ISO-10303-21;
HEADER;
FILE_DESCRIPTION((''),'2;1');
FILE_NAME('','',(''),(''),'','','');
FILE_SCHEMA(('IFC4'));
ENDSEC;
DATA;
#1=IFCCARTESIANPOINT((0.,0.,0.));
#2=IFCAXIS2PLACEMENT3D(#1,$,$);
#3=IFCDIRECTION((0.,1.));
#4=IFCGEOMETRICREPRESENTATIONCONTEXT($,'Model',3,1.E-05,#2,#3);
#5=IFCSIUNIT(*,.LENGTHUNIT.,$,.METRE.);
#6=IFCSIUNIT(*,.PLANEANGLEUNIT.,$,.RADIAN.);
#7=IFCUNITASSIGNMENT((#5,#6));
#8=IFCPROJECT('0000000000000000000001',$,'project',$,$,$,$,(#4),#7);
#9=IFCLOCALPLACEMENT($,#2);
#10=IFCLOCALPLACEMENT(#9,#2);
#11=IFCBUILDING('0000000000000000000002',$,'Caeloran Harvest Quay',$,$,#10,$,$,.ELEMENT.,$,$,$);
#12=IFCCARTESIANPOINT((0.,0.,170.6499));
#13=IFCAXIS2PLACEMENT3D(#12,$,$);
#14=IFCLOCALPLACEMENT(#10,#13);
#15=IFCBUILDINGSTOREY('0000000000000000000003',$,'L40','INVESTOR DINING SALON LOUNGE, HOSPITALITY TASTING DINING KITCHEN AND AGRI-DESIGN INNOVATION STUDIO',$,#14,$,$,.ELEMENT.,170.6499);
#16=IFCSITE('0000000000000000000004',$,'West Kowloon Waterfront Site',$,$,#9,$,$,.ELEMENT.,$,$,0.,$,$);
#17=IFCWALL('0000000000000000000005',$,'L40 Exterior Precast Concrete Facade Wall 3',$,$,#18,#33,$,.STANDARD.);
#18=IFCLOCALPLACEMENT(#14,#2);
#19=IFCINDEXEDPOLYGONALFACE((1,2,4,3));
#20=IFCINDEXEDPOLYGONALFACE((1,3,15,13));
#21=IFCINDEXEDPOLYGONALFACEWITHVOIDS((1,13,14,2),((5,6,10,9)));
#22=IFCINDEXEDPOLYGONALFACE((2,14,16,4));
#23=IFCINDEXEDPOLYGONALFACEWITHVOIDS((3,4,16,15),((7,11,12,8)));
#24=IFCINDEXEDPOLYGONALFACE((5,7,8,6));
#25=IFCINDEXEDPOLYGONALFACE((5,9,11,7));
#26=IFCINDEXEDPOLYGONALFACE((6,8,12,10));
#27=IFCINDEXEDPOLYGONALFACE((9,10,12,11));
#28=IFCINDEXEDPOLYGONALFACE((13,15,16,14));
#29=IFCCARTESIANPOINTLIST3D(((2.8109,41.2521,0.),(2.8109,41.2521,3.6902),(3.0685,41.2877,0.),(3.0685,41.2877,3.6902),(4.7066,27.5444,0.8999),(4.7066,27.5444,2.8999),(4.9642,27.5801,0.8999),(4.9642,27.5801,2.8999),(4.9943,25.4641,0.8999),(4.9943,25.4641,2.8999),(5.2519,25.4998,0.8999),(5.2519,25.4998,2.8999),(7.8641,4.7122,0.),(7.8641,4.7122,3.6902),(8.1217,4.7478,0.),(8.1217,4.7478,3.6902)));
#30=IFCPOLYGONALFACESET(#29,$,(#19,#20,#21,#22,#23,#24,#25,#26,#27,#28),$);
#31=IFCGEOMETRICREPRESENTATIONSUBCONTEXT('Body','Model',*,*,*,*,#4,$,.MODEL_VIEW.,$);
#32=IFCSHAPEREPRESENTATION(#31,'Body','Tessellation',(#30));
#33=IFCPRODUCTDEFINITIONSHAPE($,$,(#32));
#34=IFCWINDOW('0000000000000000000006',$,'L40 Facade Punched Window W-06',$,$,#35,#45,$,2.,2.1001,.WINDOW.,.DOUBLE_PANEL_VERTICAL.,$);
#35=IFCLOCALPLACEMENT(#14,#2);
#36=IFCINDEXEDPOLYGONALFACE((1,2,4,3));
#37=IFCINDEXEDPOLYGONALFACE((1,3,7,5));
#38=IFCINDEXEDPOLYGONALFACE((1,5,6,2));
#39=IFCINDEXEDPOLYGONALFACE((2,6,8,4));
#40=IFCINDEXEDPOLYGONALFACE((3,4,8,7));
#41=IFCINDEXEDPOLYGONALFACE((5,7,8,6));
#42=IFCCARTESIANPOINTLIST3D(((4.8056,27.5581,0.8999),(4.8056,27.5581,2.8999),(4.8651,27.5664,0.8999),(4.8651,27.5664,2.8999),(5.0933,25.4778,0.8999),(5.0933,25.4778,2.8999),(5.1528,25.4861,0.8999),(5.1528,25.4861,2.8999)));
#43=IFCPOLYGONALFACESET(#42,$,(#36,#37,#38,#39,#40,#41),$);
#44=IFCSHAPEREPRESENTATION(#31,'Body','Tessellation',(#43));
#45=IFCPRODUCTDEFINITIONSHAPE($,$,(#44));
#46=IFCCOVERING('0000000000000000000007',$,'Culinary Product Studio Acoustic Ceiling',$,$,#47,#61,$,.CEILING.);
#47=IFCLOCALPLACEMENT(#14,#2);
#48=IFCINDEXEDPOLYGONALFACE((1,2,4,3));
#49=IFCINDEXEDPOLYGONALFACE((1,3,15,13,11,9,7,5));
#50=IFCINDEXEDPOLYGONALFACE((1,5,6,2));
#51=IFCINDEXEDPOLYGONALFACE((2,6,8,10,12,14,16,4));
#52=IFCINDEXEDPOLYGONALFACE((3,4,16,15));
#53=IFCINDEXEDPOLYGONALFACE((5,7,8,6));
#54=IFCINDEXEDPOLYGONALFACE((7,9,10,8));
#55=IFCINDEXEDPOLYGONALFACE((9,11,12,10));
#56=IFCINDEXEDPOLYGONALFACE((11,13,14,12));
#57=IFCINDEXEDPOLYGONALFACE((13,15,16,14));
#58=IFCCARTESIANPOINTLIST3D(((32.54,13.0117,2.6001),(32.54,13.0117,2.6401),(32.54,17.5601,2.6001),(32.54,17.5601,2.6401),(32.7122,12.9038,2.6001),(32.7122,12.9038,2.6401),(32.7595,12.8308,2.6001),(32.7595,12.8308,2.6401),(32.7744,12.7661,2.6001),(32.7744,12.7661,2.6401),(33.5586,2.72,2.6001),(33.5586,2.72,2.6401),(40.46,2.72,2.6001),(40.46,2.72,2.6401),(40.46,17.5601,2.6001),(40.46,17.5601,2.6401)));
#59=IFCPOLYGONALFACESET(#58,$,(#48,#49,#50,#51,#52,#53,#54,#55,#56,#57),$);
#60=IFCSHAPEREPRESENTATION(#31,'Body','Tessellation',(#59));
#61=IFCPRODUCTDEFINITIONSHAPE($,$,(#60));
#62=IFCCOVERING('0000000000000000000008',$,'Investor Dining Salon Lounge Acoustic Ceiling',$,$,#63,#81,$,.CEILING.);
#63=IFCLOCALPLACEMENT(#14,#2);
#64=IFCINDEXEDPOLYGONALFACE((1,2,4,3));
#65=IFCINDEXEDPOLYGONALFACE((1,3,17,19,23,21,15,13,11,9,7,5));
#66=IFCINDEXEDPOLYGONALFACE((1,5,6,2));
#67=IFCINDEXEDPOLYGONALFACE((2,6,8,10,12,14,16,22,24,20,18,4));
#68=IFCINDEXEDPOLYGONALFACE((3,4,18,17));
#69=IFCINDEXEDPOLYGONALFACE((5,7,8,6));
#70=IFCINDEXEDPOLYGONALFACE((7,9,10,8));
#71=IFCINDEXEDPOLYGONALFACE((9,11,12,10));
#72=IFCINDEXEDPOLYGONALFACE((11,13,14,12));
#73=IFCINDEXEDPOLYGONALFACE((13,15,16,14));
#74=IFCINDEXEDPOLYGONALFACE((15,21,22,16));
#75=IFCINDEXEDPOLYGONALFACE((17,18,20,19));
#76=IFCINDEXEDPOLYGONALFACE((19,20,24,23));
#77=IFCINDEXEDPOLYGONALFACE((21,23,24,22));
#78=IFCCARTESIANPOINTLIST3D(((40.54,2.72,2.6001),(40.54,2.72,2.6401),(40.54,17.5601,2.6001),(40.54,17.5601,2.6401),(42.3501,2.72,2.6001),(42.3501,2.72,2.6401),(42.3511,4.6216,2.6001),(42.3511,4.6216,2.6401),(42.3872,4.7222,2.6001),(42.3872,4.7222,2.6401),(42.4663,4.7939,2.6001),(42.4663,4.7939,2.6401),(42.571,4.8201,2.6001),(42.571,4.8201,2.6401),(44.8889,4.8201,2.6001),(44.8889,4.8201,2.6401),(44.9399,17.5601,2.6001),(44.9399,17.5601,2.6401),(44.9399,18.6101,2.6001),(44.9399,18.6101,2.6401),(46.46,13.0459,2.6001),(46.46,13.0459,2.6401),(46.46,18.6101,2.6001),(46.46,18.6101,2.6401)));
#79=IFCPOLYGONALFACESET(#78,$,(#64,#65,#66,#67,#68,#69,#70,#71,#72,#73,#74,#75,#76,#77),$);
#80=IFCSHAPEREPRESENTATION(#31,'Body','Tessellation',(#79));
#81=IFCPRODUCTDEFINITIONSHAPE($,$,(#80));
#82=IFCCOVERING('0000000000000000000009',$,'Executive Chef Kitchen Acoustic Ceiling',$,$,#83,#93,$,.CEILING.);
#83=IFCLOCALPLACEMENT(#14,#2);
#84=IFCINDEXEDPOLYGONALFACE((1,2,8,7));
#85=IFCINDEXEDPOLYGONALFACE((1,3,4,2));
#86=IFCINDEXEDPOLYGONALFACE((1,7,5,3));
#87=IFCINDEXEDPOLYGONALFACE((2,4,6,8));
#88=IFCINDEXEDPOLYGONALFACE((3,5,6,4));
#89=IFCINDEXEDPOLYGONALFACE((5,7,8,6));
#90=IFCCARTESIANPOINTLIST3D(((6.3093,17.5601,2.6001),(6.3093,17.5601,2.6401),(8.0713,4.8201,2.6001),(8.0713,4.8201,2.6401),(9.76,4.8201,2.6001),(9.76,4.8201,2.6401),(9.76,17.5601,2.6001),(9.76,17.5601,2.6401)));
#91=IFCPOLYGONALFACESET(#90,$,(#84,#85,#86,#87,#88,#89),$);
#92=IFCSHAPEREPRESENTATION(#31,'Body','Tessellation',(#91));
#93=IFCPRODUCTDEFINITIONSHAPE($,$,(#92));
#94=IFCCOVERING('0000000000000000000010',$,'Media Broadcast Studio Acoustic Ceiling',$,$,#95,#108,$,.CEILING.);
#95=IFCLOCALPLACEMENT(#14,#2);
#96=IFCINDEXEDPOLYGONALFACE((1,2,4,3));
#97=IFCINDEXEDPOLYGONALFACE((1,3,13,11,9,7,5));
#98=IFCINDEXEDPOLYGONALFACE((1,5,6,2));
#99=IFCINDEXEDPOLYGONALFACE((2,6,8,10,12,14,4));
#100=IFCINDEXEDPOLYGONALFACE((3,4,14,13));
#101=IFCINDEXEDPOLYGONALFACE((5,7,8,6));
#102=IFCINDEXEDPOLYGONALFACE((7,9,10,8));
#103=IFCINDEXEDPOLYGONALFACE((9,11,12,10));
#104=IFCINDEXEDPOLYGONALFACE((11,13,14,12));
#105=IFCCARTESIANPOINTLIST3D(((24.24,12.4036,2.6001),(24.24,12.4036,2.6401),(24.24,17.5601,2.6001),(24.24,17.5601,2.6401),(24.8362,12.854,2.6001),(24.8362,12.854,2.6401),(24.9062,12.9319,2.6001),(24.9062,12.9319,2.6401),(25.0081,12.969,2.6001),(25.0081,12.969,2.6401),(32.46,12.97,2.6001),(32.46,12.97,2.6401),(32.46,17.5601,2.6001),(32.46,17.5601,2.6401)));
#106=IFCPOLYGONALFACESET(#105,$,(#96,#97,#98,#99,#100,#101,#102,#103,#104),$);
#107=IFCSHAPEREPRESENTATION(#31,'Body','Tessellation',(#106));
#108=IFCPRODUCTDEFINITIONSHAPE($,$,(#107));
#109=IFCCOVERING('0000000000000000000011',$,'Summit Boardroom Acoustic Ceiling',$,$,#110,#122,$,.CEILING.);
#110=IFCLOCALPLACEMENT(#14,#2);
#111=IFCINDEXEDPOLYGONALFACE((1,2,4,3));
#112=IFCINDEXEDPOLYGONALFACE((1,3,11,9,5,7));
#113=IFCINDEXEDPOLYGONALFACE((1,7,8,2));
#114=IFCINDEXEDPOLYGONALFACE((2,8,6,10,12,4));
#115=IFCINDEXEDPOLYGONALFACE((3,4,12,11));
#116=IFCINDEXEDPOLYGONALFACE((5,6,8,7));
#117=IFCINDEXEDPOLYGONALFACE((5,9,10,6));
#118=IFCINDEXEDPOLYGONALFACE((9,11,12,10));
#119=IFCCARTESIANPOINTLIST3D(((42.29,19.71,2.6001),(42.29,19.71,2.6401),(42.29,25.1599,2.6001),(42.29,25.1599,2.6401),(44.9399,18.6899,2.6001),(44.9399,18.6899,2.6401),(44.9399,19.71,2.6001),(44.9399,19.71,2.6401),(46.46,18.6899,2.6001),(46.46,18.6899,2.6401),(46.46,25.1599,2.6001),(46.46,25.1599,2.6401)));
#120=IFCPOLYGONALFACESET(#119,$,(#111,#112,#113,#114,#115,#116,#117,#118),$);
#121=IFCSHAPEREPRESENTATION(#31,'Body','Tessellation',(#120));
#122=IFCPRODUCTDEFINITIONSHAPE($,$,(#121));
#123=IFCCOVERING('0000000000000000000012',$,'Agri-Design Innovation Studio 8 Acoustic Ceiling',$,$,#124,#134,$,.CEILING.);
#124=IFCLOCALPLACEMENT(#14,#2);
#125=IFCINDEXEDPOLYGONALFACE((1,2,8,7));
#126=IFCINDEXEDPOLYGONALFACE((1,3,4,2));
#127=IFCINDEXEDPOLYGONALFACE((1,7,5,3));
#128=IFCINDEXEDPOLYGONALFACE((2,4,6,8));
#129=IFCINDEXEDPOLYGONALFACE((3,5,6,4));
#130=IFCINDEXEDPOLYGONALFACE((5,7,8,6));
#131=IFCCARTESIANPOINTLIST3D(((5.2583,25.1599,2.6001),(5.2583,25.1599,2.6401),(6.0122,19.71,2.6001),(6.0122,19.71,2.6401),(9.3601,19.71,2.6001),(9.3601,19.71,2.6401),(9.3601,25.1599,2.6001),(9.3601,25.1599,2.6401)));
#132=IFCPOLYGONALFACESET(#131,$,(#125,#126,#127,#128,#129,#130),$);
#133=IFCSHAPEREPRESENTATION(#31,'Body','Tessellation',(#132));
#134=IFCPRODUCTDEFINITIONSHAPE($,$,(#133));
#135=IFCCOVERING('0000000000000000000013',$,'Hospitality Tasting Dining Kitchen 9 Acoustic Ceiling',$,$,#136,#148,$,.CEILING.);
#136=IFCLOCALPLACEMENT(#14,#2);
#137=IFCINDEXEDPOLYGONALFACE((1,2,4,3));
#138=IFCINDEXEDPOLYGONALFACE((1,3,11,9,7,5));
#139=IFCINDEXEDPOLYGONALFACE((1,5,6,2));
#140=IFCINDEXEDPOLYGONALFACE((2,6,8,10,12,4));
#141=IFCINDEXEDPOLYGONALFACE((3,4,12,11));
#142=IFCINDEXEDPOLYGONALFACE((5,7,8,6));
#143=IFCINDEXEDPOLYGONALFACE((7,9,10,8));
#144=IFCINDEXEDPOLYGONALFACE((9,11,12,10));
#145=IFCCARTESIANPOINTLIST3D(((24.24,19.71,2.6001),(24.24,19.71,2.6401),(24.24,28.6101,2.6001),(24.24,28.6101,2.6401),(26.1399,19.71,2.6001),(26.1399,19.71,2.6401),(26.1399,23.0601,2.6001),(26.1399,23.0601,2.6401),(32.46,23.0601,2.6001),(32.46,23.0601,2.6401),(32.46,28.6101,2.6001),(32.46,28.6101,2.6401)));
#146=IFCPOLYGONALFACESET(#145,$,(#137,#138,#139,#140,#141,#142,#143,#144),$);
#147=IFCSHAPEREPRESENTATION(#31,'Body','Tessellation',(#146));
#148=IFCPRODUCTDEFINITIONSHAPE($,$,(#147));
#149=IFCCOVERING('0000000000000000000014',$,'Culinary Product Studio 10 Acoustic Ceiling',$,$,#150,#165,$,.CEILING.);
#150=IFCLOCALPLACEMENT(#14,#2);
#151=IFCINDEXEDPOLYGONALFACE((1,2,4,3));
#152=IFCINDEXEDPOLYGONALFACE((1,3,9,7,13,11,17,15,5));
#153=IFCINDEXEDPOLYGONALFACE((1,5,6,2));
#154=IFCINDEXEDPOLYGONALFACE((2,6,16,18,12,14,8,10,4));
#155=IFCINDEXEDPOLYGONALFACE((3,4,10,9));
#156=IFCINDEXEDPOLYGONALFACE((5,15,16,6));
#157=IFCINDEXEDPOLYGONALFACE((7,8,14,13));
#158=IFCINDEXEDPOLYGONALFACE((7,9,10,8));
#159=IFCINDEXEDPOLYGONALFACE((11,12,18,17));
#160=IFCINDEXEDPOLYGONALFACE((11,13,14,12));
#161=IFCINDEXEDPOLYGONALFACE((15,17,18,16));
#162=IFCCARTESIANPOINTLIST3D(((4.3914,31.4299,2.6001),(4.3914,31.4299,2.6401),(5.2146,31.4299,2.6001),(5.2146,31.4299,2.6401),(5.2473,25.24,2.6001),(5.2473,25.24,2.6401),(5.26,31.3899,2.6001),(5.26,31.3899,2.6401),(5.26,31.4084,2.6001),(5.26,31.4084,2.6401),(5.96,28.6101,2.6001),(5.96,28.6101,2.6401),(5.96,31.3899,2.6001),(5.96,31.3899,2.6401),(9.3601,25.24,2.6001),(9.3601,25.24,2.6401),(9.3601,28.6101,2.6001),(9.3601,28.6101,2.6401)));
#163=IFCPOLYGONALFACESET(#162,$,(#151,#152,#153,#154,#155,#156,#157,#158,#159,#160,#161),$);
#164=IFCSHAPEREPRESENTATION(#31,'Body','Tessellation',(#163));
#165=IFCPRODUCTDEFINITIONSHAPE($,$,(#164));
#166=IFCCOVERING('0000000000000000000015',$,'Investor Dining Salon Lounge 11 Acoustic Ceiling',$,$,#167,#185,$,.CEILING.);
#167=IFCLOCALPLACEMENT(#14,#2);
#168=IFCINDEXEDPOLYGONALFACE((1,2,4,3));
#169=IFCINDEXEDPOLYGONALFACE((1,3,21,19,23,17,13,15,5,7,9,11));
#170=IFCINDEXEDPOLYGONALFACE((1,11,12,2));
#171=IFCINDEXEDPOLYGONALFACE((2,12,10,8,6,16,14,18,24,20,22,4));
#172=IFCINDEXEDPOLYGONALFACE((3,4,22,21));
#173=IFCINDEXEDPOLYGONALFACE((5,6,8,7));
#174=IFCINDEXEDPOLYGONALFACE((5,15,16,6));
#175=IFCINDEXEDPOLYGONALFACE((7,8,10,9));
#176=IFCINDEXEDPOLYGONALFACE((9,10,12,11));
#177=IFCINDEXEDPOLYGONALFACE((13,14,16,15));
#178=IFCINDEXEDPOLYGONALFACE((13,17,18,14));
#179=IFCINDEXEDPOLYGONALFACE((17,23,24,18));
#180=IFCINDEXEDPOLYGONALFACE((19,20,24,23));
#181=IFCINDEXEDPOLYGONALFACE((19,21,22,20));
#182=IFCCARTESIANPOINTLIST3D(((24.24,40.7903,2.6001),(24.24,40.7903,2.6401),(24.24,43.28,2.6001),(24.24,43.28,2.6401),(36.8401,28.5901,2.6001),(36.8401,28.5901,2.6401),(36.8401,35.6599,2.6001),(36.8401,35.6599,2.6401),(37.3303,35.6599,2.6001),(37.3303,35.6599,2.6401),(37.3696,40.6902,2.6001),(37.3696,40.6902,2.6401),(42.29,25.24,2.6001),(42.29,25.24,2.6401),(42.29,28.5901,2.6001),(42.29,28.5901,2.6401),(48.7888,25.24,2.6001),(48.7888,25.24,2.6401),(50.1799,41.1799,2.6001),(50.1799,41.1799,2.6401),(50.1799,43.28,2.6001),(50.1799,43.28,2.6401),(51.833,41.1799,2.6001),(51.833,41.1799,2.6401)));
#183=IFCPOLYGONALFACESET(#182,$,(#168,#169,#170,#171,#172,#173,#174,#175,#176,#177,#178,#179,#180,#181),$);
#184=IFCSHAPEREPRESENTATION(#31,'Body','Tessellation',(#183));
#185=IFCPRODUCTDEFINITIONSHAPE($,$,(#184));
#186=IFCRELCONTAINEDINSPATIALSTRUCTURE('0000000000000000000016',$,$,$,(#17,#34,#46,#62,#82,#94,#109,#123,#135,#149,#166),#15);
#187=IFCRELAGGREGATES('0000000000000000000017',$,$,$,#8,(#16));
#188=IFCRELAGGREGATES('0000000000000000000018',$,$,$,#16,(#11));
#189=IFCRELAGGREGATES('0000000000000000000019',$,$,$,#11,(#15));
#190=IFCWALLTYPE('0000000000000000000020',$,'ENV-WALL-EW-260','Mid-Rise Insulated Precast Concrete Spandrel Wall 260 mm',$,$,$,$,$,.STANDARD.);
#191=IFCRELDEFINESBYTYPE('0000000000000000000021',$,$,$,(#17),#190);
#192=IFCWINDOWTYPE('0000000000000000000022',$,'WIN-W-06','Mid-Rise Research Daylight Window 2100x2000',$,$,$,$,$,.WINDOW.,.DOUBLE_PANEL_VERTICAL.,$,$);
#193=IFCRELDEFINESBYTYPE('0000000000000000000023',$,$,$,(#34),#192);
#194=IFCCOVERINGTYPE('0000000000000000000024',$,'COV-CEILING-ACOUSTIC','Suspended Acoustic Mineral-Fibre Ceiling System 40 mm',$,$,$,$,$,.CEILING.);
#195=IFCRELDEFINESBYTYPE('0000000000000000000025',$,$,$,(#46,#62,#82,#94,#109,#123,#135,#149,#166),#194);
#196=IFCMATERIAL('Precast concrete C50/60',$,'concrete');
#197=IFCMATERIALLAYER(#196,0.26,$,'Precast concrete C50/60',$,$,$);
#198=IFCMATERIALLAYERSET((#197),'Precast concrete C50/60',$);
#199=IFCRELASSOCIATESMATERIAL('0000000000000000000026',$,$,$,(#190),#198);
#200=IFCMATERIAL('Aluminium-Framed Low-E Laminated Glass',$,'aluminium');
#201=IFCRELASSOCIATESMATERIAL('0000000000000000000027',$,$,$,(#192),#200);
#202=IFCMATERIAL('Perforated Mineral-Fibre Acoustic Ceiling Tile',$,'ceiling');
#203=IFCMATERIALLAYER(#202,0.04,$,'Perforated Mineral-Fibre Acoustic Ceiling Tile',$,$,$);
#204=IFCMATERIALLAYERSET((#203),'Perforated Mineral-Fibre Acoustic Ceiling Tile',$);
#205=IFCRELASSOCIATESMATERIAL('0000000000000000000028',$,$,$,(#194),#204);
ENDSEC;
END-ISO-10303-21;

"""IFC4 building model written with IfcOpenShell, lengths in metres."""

from ifc_helpers import new_model, si_unit, direction, frame, frame_2d, origin, place, context, subcontext, project, spatial, polyline, rectangle, outline, extrude, material, layer, layer_set, type_object, element, fill, save


model = new_model("IFC4")

# Units and contexts
model_context = context("Model", 3, precision=1e-05, world=origin(), true_north=direction((0.0, 1.0)))
body_context = subcontext(model_context, "Body", "Model", "MODEL_VIEW")
ifc_project = project(units=[si_unit("LENGTHUNIT", "METRE"), si_unit("PLANEANGLEUNIT", "RADIAN")], contexts=[model_context])

# Site, building, storey
site_placement = place(None, origin())
site = spatial("IfcSite", under=ifc_project, at=site_placement, Name="West Kowloon Waterfront Site", CompositionType="ELEMENT", RefElevation=0.0)
building_placement = place(site_placement, origin())
building = spatial("IfcBuilding", under=site, at=building_placement, Name="Caeloran Harvest Quay", CompositionType="ELEMENT")
storey_placement = place(building_placement, frame((0.0, 0.0, 170.6499)))
storey = spatial("IfcBuildingStorey", under=building, at=storey_placement, Name="L40", Description="INVESTOR DINING SALON LOUNGE, HOSPITALITY TASTING DINING KITCHEN AND AGRI-DESIGN INNOVATION STUDIO", CompositionType="ELEMENT", Elevation=170.6499)

# Wall, opening, window
ifc_material_1 = material(Name="Precast concrete C50/60", Category="concrete")
ifc_layer_1 = layer(ifc_material_1, 0.26, Name="Precast concrete C50/60")
ifc_layer_set_1 = layer_set([ifc_layer_1], Name="Precast concrete C50/60")
wall_type_1 = type_object("IfcWallType", Name="ENV-WALL-EW-260", Description="Mid-Rise Insulated Precast Concrete Spandrel Wall 260 mm", PredefinedType="STANDARD", material=ifc_layer_set_1)
wall_1_placement = place(storey_placement, frame((7.9929, 4.73, 0.0), z_axis=(0.0, 0.0, 1.0), x_axis=(-0.136989, 0.990573, 0.0)))
wall_1 = element("IfcWall", 1, at=wall_1_placement, inside=storey, type_object=wall_type_1, Name="L40 Exterior Precast Concrete Facade Wall 3", PredefinedType="STANDARD", context=body_context, shape_type="SweptSolid", body=[
    extrude(rectangle(XDim=36.8877, YDim=0.26, at=frame_2d((18.4438, 0.0))), origin(), (0.0, 0.0, 1.0), 3.6902),
])
opening_1_placement = place(wall_1_placement, frame((20.9495, 0.0, 0.8999)))
opening_1 = element("IfcOpeningElement", 2, at=opening_1_placement, cuts=wall_1, PredefinedType="OPENING", context=body_context, shape_type="SweptSolid", body=[
    extrude(rectangle(XDim=2.1001, YDim=2.0, at=frame_2d((1.05, 1.0))), frame((0.0, 0.1401, 0.0), z_axis=(0.0, -1.0, 0.0), x_axis=(1.0, 0.0, 0.0)), (0.0, 0.0, 1.0), 0.28),
])
ifc_material_2 = material(Name="Aluminium-Framed Low-E Laminated Glass", Category="aluminium")
window_type = type_object("IfcWindowType", Name="WIN-W-06", Description="Mid-Rise Research Daylight Window 2100x2000", PartitioningType="DOUBLE_PANEL_VERTICAL", PredefinedType="WINDOW", material=ifc_material_2)
window_placement = place(opening_1_placement, origin())
window = element("IfcWindow", 3, at=window_placement, inside=storey, type_object=window_type, Name="L40 Facade Punched Window W-06", OverallHeight=2.0, OverallWidth=2.1001, PartitioningType="DOUBLE_PANEL_VERTICAL", PredefinedType="WINDOW", context=body_context, shape_type="SweptSolid", body=[
    extrude(rectangle(XDim=2.1001, YDim=2.0, at=frame_2d((1.05, 1.0))), frame((0.0, 0.03, 0.0), z_axis=(0.0, -1.0, 0.0), x_axis=(1.0, 0.0, 0.0)), (0.0, 0.0, 1.0), 0.0601),
])
fill(opening_1, window)

# Coverings
ifc_material_3 = material(Name="Perforated Mineral-Fibre Acoustic Ceiling Tile", Category="ceiling")
ifc_layer_2 = layer(ifc_material_3, 0.04, Name="Perforated Mineral-Fibre Acoustic Ceiling Tile")
ifc_layer_set_2 = layer_set([ifc_layer_2], Name="Perforated Mineral-Fibre Acoustic Ceiling Tile")
covering_type_1 = type_object("IfcCoveringType", Name="COV-CEILING-ACOUSTIC", Description="Suspended Acoustic Mineral-Fibre Ceiling System 40 mm", PredefinedType="CEILING", material=ifc_layer_set_2)
covering_1_placement = place(storey_placement, frame((0.0, 0.0, 2.6001)))
element("IfcCovering", 4, at=covering_1_placement, inside=storey, type_object=covering_type_1, Name="Culinary Product Studio Acoustic Ceiling", PredefinedType="CEILING", context=body_context, shape_type="SweptSolid", body=[
    extrude(outline(polyline([(40.46, 2.72), (33.5586, 2.72), (32.7744, 12.7661), (32.7595, 12.8308), (32.7122, 12.9038), (32.54, 13.0117), (32.54, 17.5601), (40.46, 17.5601), (40.46, 2.72)])), origin(), (0.0, 0.0, 1.0), 0.04),
])
covering_2_placement = place(storey_placement, frame((0.0, 0.0, 2.6001)))
element("IfcCovering", 5, at=covering_2_placement, inside=storey, type_object=covering_type_1, Name="Investor Dining Salon Lounge Acoustic Ceiling", PredefinedType="CEILING", context=body_context, shape_type="SweptSolid", body=[
    extrude(outline(polyline([(44.9399, 17.5601), (44.9399, 18.6101), (46.46, 18.6101), (46.46, 13.0459), (44.8889, 4.8201), (42.571, 4.8201), (42.4663, 4.7939), (42.3872, 4.7222), (42.3511, 4.6216), (42.3501, 2.72), (40.54, 2.72), (40.54, 17.5601), (44.9399, 17.5601)])), origin(), (0.0, 0.0, 1.0), 0.04),
])
covering_3_placement = place(storey_placement, frame((0.0, 0.0, 2.6001)))
element("IfcCovering", 6, at=covering_3_placement, inside=storey, type_object=covering_type_1, Name="Executive Chef Kitchen Acoustic Ceiling", PredefinedType="CEILING", context=body_context, shape_type="SweptSolid", body=[
    extrude(outline(polyline([(8.0713, 4.8201), (6.3093, 17.5601), (9.76, 17.5601), (9.76, 4.8201), (8.0713, 4.8201)])), origin(), (0.0, 0.0, 1.0), 0.04),
])
covering_4_placement = place(storey_placement, frame((0.0, 0.0, 2.6001)))
element("IfcCovering", 7, at=covering_4_placement, inside=storey, type_object=covering_type_1, Name="Media Broadcast Studio Acoustic Ceiling", PredefinedType="CEILING", context=body_context, shape_type="SweptSolid", body=[
    extrude(outline(polyline([(32.46, 12.97), (25.0081, 12.969), (24.9062, 12.9319), (24.8362, 12.854), (24.24, 12.4036), (24.24, 17.5601), (32.46, 17.5601), (32.46, 12.97)])), origin(), (0.0, 0.0, 1.0), 0.04),
])
covering_5_placement = place(storey_placement, frame((0.0, 0.0, 2.6001)))
element("IfcCovering", 8, at=covering_5_placement, inside=storey, type_object=covering_type_1, Name="Summit Boardroom Acoustic Ceiling", PredefinedType="CEILING", context=body_context, shape_type="SweptSolid", body=[
    extrude(outline(polyline([(44.9399, 19.71), (42.29, 19.71), (42.29, 25.1599), (46.46, 25.1599), (46.46, 18.6899), (44.9399, 18.6899), (44.9399, 19.71)])), origin(), (0.0, 0.0, 1.0), 0.04),
])
covering_6_placement = place(storey_placement, frame((0.0, 0.0, 2.6001)))
element("IfcCovering", 9, at=covering_6_placement, inside=storey, type_object=covering_type_1, Name="Agri-Design Innovation Studio 8 Acoustic Ceiling", PredefinedType="CEILING", context=body_context, shape_type="SweptSolid", body=[
    extrude(outline(polyline([(9.3601, 19.71), (6.0122, 19.71), (5.2583, 25.1599), (9.3601, 25.1599), (9.3601, 19.71)])), origin(), (0.0, 0.0, 1.0), 0.04),
])
covering_7_placement = place(storey_placement, frame((0.0, 0.0, 2.6001)))
element("IfcCovering", 10, at=covering_7_placement, inside=storey, type_object=covering_type_1, Name="Hospitality Tasting Dining Kitchen 9 Acoustic Ceiling", PredefinedType="CEILING", context=body_context, shape_type="SweptSolid", body=[
    extrude(outline(polyline([(32.46, 28.6101), (32.46, 23.0601), (26.1399, 23.0601), (26.1399, 19.71), (24.24, 19.71), (24.24, 28.6101), (32.46, 28.6101)])), origin(), (0.0, 0.0, 1.0), 0.04),
])
covering_8_placement = place(storey_placement, frame((0.0, 0.0, 2.6001)))
element("IfcCovering", 11, at=covering_8_placement, inside=storey, type_object=covering_type_1, Name="Culinary Product Studio 10 Acoustic Ceiling", PredefinedType="CEILING", context=body_context, shape_type="SweptSolid", body=[
    extrude(outline(polyline([(5.26, 31.3899), (5.96, 31.3899), (5.96, 28.6101), (9.3601, 28.6101), (9.3601, 25.24), (5.2473, 25.24), (4.3914, 31.4299), (5.2146, 31.4299), (5.26, 31.4084), (5.26, 31.3899)])), origin(), (0.0, 0.0, 1.0), 0.04),
])
covering_9_placement = place(storey_placement, frame((0.0, 0.0, 2.6001)))
element("IfcCovering", 12, at=covering_9_placement, inside=storey, type_object=covering_type_1, Name="Investor Dining Salon Lounge 11 Acoustic Ceiling", PredefinedType="CEILING", context=body_context, shape_type="SweptSolid", body=[
    extrude(outline(polyline([(48.7888, 25.24), (42.29, 25.24), (42.29, 28.5901), (36.8401, 28.5901), (36.8401, 35.6599), (37.3303, 35.6599), (37.3696, 40.6902), (24.24, 40.7903), (24.24, 43.28), (50.1799, 43.28), (50.1799, 41.1799), (51.833, 41.1799), (48.7888, 25.24)])), origin(), (0.0, 0.0, 1.0), 0.04),
])

save(model, "model.ifc")
